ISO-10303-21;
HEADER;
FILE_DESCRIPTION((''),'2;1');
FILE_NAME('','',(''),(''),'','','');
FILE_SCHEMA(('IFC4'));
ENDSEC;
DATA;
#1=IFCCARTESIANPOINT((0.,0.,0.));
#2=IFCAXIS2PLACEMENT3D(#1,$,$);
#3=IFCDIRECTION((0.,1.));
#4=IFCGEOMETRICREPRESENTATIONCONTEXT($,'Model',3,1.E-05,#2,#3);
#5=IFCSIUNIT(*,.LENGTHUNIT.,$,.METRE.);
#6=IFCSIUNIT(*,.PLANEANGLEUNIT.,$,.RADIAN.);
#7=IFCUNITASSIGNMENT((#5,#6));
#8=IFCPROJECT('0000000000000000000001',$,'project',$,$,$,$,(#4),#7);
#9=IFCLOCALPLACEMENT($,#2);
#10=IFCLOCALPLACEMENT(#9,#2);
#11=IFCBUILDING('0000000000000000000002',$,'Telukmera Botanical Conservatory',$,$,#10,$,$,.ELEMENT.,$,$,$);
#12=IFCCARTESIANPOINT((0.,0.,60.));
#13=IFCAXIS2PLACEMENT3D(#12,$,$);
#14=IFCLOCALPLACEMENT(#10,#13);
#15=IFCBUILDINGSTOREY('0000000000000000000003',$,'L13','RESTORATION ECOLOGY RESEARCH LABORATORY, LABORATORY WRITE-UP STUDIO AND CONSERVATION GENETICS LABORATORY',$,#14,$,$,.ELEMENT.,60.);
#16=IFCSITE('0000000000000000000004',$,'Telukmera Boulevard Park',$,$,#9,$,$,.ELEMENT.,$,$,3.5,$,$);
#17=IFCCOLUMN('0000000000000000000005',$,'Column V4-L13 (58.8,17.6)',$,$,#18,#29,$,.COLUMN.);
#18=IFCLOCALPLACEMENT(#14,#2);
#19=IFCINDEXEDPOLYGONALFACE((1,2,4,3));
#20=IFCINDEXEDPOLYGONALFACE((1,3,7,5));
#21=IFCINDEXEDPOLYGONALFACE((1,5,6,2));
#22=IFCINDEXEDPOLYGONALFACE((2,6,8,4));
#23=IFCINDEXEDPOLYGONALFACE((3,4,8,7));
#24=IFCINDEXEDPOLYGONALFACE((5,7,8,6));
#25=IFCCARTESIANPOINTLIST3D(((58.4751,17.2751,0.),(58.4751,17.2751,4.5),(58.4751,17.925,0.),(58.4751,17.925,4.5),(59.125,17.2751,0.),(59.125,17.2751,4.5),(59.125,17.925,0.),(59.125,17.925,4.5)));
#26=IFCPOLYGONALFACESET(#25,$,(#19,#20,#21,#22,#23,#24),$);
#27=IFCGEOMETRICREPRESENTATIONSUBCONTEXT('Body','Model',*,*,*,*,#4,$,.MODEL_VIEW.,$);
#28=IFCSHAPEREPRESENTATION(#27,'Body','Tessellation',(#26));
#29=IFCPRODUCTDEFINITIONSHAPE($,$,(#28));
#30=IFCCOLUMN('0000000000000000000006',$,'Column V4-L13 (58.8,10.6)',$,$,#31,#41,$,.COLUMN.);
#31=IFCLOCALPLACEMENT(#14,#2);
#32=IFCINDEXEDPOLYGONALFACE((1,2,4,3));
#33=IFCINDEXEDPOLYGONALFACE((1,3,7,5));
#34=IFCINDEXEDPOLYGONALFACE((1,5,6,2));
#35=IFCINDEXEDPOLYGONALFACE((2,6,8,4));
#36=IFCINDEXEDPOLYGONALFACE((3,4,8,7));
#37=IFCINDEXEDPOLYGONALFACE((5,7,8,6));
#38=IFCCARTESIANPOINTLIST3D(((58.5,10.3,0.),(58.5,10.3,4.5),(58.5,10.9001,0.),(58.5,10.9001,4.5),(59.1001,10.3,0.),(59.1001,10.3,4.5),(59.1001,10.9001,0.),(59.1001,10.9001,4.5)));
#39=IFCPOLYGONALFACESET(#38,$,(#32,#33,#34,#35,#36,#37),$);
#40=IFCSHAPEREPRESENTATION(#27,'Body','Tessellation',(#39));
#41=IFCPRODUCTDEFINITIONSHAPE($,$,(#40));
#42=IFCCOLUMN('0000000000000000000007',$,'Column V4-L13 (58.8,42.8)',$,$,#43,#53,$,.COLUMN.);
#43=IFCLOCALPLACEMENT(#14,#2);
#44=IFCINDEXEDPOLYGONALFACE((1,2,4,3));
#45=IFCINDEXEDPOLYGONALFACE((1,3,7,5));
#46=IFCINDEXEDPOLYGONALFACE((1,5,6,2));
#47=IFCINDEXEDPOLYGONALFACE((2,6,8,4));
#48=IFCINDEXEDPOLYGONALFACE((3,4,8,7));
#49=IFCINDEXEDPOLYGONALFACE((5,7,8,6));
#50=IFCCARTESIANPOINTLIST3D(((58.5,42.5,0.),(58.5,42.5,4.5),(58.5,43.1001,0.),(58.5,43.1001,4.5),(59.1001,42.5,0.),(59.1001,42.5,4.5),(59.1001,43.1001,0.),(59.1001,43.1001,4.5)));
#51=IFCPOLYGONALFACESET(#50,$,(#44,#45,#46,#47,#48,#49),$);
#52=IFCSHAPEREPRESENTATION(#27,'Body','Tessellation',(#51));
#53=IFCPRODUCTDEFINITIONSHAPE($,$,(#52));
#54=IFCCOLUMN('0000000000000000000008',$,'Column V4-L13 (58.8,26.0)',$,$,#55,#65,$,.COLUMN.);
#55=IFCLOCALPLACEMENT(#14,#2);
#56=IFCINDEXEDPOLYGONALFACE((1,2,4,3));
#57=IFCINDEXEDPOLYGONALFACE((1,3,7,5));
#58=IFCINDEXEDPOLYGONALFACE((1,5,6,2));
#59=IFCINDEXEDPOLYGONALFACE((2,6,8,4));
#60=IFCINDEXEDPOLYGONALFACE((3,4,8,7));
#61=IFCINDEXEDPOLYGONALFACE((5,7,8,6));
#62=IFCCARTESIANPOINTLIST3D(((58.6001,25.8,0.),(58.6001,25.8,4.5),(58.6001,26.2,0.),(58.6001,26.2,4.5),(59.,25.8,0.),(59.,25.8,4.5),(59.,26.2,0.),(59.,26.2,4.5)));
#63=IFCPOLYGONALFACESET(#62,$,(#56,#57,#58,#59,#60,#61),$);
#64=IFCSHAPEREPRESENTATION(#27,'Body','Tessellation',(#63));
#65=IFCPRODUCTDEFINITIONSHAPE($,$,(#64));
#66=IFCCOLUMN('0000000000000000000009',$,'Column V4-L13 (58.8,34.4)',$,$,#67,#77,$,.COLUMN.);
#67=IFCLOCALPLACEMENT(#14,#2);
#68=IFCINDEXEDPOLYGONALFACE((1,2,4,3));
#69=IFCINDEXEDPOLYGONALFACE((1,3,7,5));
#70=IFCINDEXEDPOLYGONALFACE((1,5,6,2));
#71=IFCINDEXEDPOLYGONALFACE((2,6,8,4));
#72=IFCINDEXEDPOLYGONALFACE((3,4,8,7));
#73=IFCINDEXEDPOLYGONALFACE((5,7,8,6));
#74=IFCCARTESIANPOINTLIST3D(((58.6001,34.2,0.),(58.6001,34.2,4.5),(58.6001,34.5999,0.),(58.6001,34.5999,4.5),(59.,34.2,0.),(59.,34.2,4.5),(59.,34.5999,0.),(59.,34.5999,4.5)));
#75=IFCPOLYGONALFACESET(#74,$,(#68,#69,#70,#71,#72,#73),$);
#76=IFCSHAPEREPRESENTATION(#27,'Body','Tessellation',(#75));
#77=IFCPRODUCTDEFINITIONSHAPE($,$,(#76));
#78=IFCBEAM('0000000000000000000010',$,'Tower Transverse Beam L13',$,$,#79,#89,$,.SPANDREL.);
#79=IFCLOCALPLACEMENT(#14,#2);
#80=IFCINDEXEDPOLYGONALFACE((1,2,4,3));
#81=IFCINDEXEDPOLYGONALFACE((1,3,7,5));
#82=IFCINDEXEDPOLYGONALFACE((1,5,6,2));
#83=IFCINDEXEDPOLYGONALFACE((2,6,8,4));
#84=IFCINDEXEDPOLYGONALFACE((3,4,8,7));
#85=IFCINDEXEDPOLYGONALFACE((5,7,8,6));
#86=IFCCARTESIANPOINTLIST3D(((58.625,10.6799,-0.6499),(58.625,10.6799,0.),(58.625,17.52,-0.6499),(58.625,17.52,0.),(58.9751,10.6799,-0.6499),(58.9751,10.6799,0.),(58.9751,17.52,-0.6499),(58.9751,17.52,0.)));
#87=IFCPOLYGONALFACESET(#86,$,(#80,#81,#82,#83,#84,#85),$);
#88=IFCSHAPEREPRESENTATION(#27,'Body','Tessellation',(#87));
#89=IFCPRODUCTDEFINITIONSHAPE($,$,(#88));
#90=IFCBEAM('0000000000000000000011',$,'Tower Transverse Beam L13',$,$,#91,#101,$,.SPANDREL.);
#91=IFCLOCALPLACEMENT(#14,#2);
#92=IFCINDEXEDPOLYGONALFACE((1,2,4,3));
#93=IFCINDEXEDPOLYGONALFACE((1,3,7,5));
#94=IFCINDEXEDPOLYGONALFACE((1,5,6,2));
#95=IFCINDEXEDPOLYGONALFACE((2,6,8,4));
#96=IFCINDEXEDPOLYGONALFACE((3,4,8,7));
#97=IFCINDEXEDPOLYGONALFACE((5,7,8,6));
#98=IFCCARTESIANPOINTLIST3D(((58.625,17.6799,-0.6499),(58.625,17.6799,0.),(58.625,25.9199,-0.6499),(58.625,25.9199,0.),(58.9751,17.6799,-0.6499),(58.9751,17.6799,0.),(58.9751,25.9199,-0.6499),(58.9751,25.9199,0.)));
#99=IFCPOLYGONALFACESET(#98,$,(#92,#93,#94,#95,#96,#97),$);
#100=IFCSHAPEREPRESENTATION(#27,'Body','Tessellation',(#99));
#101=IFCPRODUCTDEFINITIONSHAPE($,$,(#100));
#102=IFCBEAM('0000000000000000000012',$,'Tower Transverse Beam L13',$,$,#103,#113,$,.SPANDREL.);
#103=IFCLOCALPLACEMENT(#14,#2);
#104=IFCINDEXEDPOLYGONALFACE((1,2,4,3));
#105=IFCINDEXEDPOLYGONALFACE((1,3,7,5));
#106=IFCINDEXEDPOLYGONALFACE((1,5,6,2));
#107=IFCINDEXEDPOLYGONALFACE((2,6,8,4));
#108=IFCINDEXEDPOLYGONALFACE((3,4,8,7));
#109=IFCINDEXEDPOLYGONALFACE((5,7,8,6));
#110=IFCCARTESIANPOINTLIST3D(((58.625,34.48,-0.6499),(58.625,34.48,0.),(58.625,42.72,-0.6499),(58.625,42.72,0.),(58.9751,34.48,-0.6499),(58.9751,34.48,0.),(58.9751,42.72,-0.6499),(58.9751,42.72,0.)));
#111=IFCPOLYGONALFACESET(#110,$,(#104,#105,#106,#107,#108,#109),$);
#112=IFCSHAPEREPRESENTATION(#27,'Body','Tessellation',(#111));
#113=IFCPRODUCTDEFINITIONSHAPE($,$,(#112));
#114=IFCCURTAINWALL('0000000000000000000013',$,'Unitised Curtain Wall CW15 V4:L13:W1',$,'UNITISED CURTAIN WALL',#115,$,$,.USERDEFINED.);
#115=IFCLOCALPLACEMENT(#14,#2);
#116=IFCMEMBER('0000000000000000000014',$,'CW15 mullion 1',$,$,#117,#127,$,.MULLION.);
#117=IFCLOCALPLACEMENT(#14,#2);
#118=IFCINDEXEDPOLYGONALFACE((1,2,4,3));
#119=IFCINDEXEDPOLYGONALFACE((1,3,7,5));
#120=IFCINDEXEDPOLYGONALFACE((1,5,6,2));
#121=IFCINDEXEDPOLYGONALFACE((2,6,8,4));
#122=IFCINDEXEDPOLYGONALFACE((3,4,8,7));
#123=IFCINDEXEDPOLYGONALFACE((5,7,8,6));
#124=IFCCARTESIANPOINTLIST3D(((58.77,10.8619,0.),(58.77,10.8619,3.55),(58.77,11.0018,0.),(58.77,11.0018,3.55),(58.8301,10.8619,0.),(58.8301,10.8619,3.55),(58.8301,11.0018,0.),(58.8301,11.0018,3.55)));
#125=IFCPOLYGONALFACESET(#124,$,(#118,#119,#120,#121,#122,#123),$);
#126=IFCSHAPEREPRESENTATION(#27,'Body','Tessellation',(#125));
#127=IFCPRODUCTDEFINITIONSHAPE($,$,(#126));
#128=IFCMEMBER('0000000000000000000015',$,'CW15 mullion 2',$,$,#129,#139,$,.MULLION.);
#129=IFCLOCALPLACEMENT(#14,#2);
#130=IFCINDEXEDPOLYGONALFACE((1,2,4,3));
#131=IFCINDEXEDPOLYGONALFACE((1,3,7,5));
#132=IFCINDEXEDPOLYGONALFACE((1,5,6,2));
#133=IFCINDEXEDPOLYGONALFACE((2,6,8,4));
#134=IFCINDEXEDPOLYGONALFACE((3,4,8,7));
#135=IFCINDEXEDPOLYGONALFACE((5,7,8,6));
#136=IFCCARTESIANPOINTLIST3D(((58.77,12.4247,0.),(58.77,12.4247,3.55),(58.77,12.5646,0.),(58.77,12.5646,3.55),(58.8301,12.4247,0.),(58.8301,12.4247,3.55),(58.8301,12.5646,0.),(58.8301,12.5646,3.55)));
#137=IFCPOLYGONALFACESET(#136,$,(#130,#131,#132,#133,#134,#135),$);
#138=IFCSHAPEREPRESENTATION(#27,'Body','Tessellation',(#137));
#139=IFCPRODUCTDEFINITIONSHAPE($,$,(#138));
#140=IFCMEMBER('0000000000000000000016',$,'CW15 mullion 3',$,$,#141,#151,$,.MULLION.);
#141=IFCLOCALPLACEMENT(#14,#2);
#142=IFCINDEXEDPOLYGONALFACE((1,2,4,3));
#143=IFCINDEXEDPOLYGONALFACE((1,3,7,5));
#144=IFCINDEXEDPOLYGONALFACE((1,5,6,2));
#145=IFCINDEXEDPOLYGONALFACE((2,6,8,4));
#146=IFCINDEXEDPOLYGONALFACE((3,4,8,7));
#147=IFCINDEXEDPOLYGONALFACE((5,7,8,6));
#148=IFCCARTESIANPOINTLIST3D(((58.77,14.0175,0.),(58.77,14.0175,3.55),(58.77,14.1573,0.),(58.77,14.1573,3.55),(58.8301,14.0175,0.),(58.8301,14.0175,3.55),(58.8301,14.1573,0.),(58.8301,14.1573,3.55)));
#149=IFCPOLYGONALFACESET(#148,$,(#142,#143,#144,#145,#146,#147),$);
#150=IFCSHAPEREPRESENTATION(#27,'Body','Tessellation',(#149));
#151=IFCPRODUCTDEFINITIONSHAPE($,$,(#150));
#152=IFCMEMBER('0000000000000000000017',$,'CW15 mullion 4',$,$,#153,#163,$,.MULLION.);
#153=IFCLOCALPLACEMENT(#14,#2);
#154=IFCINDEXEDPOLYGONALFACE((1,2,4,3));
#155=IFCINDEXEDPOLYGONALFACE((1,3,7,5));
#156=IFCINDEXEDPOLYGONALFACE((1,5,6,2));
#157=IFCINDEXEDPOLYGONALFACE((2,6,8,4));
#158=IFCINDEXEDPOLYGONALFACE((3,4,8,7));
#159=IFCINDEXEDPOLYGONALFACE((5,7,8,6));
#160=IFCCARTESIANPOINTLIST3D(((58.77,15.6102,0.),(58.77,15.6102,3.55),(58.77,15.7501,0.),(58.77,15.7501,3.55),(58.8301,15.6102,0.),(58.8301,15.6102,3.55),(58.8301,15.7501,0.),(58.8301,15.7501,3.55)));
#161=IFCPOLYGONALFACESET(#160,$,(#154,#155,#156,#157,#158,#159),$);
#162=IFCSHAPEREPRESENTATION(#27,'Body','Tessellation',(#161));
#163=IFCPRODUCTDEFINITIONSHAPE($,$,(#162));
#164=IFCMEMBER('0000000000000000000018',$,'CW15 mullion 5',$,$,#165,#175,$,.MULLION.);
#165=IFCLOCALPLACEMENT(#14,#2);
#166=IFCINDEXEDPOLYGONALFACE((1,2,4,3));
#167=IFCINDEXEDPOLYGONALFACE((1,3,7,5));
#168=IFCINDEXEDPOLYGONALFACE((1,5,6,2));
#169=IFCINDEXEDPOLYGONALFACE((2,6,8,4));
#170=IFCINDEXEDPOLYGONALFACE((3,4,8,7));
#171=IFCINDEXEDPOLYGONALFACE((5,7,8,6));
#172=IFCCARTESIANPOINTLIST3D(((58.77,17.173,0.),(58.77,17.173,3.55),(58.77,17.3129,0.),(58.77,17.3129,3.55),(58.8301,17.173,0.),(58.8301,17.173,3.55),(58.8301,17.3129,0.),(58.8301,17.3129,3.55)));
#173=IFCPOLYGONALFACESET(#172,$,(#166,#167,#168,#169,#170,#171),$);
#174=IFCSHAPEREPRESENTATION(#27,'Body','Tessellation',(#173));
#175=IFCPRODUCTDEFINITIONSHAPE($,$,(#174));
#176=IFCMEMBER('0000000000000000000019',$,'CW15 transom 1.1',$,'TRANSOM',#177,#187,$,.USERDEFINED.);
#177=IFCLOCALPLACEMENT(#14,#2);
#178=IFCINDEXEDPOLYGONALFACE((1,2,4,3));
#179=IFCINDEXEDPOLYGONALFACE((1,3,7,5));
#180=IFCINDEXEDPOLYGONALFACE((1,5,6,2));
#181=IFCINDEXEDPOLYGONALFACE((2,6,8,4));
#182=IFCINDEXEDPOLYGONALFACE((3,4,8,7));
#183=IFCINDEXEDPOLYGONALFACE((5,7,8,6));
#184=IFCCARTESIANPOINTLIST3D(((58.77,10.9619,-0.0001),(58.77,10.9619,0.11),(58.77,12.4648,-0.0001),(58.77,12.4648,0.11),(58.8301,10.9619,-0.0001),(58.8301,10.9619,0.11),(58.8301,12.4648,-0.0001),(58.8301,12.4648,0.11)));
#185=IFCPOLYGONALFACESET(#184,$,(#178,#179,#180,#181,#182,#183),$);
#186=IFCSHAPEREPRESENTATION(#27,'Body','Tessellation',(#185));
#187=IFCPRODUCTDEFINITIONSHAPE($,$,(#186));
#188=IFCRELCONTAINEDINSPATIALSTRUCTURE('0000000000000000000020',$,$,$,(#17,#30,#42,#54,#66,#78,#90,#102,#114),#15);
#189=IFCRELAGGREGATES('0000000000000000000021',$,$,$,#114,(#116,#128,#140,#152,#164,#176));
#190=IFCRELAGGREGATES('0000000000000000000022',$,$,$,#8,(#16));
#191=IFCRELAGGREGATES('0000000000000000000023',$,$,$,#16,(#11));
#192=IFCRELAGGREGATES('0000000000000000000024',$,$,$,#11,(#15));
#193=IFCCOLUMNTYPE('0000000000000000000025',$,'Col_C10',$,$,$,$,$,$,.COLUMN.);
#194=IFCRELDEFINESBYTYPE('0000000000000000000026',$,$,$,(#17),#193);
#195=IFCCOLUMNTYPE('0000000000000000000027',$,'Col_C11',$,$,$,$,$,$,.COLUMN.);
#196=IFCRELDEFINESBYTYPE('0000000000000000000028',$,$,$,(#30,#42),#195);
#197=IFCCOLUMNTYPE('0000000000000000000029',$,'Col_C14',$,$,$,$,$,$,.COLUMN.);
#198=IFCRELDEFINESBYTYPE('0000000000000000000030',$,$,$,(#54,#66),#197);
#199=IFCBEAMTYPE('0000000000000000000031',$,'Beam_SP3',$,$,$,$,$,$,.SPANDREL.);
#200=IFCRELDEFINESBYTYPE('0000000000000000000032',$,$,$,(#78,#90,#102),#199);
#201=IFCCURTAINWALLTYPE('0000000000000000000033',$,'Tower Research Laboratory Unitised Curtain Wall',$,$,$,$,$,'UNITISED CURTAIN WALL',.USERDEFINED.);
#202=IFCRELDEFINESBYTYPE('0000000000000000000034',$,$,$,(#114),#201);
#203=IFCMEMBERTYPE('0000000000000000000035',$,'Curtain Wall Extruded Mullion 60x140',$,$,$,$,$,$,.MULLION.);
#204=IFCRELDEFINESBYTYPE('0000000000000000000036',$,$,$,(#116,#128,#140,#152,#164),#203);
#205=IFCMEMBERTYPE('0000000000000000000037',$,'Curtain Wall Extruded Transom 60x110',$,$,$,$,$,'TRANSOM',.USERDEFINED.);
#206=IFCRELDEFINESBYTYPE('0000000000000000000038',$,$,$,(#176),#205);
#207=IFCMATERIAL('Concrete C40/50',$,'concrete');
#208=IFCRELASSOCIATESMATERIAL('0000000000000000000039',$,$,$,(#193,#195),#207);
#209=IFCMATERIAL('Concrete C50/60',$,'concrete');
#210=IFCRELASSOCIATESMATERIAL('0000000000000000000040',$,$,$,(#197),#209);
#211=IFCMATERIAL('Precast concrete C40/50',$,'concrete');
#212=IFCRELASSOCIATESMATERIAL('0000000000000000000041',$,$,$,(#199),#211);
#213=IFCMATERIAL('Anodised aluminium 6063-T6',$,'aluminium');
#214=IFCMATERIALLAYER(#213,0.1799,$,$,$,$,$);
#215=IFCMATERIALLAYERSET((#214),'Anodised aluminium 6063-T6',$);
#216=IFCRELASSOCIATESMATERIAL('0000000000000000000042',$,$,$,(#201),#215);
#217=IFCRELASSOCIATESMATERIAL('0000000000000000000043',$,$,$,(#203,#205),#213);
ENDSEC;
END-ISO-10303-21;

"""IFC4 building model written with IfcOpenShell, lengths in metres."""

from ifc_helpers import new_model, si_unit, direction, frame, origin, origin_2d, place, context, subcontext, project, spatial, rectangle, extrude, material, layer, layer_set, material_profile, profile_set, type_object, element, aggregate, save


model = new_model("IFC4")

# Units and contexts
model_context = context("Model", 3, precision=1e-05, world=origin(), true_north=direction((0.0, 1.0)))
body_context = subcontext(model_context, "Body", "Model", "MODEL_VIEW")
ifc_project = project(units=[si_unit("LENGTHUNIT", "METRE"), si_unit("PLANEANGLEUNIT", "RADIAN")], contexts=[model_context])

# Site, building, storey
site_placement = place(None, origin())
site = spatial("IfcSite", under=ifc_project, at=site_placement, Name="Telukmera Boulevard Park", CompositionType="ELEMENT", RefElevation=3.5)
building_placement = place(site_placement, origin())
building = spatial("IfcBuilding", under=site, at=building_placement, Name="Telukmera Botanical Conservatory", CompositionType="ELEMENT")
storey_placement = place(building_placement, frame((0.0, 0.0, 60.0)))
storey = spatial("IfcBuildingStorey", under=building, at=storey_placement, Name="L13", Description="RESTORATION ECOLOGY RESEARCH LABORATORY, LABORATORY WRITE-UP STUDIO AND CONSERVATION GENETICS LABORATORY", CompositionType="ELEMENT", Elevation=60.0)

# Columns
ifc_material_1 = material(Name="Concrete C40/50", Category="concrete")
ifc_material_profile_1 = material_profile(ifc_material_1, rectangle(XDim=0.6499, YDim=0.6499, at=origin_2d()), Name="RC 650x650")
ifc_profile_set_1 = profile_set([ifc_material_profile_1], Name="Concrete C40/50")
column_type_1 = type_object("IfcColumnType", Name="Col_C10", PredefinedType="COLUMN", material=ifc_profile_set_1)
column_placement = place(storey_placement, frame((58.8, 17.6001, 0.0), z_axis=(0.0, 0.0, 1.0), x_axis=(1.0, 0.0, 0.0)))
element("IfcColumn", 1, at=column_placement, inside=storey, type_object=column_type_1, Name="Column V4-L13 (58.8,17.6)", PredefinedType="COLUMN", context=body_context, shape_type="SweptSolid", body=[
    extrude(rectangle(XDim=0.6499, YDim=0.6499, at=origin_2d()), origin(), (0.0, 0.0, 1.0), 4.5),
])
ifc_material_profile_2 = material_profile(ifc_material_1, rectangle(XDim=0.6001, YDim=0.6001, at=origin_2d()), Name="RC 600x600")
ifc_profile_set_2 = profile_set([ifc_material_profile_2], Name="Concrete C40/50")
column_type_2 = type_object("IfcColumnType", Name="Col_C11", PredefinedType="COLUMN", material=ifc_profile_set_2)
for number, where, z_axis, x_axis, name in (
    (2, (58.8, 10.6001, 0.0), (0.0, 0.0, 1.0), (1.0, 0.0, 0.0), "Column V4-L13 (58.8,10.6)"),
    (3, (58.8, 42.8, 0.0), (0.0, 0.0, 1.0), (1.0, 0.0, 0.0), "Column V4-L13 (58.8,42.8)"),
):
    element("IfcColumn", number, at=place(storey_placement, frame(where, z_axis=z_axis, x_axis=x_axis)), inside=storey, type_object=column_type_2, Name=name, PredefinedType="COLUMN", context=body_context, shape_type="SweptSolid", body=[
        extrude(rectangle(XDim=0.6001, YDim=0.6001, at=origin_2d()), origin(), (0.0, 0.0, 1.0), 4.5),
    ])
ifc_material_2 = material(Name="Concrete C50/60", Category="concrete")
ifc_material_profile_3 = material_profile(ifc_material_2, rectangle(XDim=0.3999, YDim=0.3999, at=origin_2d()), Name="RC 400x400")
ifc_profile_set_3 = profile_set([ifc_material_profile_3], Name="Concrete C50/60")
column_type_3 = type_object("IfcColumnType", Name="Col_C14", PredefinedType="COLUMN", material=ifc_profile_set_3)
for number, where, z_axis, x_axis, name in (
    (4, (58.8, 26.0, 0.0), (0.0, 0.0, 1.0), (1.0, 0.0, 0.0), "Column V4-L13 (58.8,26.0)"),
    (5, (58.8, 34.3999, 0.0), (0.0, 0.0, 1.0), (1.0, 0.0, 0.0), "Column V4-L13 (58.8,34.4)"),
):
    element("IfcColumn", number, at=place(storey_placement, frame(where, z_axis=z_axis, x_axis=x_axis)), inside=storey, type_object=column_type_3, Name=name, PredefinedType="COLUMN", context=body_context, shape_type="SweptSolid", body=[
        extrude(rectangle(XDim=0.3999, YDim=0.3999, at=origin_2d()), origin(), (0.0, 0.0, 1.0), 4.5),
    ])

# Beams
ifc_material_3 = material(Name="Precast concrete C40/50", Category="concrete")
ifc_material_profile_4 = material_profile(ifc_material_3, rectangle(XDim=0.3501, YDim=0.6499, at=origin_2d()), Name="PC 350x650")
ifc_profile_set_4 = profile_set([ifc_material_profile_4], Name="Precast concrete C40/50")
beam_type = type_object("IfcBeamType", Name="Beam_SP3", PredefinedType="SPANDREL", material=ifc_profile_set_4)
beam_placement = place(storey_placement, frame((58.8, 10.6799, -0.325), z_axis=(0.0, 1.0, 0.0), x_axis=(-1.0, 0.0, 0.0)))
element("IfcBeam", 6, at=beam_placement, inside=storey, type_object=beam_type, Name="Tower Transverse Beam L13", PredefinedType="SPANDREL", context=body_context, shape_type="SweptSolid", body=[
    extrude(rectangle(XDim=0.3501, YDim=0.6499, at=origin_2d()), origin(), (0.0, 0.0, 1.0), 6.8401),
])
for number, where, z_axis, x_axis, name in (
    (7, (58.8, 17.6799, -0.325), (0.0, 1.0, 0.0), (-1.0, 0.0, 0.0), "Tower Transverse Beam L13"),
    (8, (58.8, 34.48, -0.325), (0.0, 1.0, 0.0), (-1.0, 0.0, 0.0), "Tower Transverse Beam L13"),
):
    element("IfcBeam", number, at=place(storey_placement, frame(where, z_axis=z_axis, x_axis=x_axis)), inside=storey, type_object=beam_type, Name=name, PredefinedType="SPANDREL", context=body_context, shape_type="SweptSolid", body=[
        extrude(rectangle(XDim=0.3501, YDim=0.6499, at=origin_2d()), origin(), (0.0, 0.0, 1.0), 8.24),
    ])

# Curtain wall, members
ifc_material_4 = material(Name="Anodised aluminium 6063-T6", Category="aluminium")
ifc_layer_1 = layer(ifc_material_4, 0.1799)
ifc_layer_set_1 = layer_set([ifc_layer_1], Name="Anodised aluminium 6063-T6")
curtain_wall_type = type_object("IfcCurtainWallType", Name="Tower Research Laboratory Unitised Curtain Wall", ElementType="UNITISED CURTAIN WALL", PredefinedType="USERDEFINED", material=ifc_layer_set_1)
curtain_wall_placement = place(storey_placement, origin())
curtain_wall = element("IfcCurtainWall", 9, at=curtain_wall_placement, inside=storey, type_object=curtain_wall_type, Name="Unitised Curtain Wall CW15 V4:L13:W1", ObjectType="UNITISED CURTAIN WALL", PredefinedType="USERDEFINED")
ifc_material_profile_5 = material_profile(ifc_material_4, rectangle(XDim=0.0601, YDim=0.1399, at=origin_2d()), Name="ALU MULL 60x140")
ifc_profile_set_5 = profile_set([ifc_material_profile_5], Name="Anodised aluminium 6063-T6")
member_type_1 = type_object("IfcMemberType", Name="Curtain Wall Extruded Mullion 60x140", PredefinedType="MULLION", material=ifc_profile_set_5)
member_1_placement = place(storey_placement, frame((58.8, 10.9319, 0.0), z_axis=(0.0, 0.0, 1.0), x_axis=(-1.0, 0.0, 0.0)))
member_1 = element("IfcMember", 10, at=member_1_placement, type_object=member_type_1, Name="CW15 mullion 1", PredefinedType="MULLION", context=body_context, shape_type="SweptSolid", body=[
    extrude(rectangle(XDim=0.0601, YDim=0.1399, at=origin_2d()), origin(), (0.0, 0.0, 1.0), 3.55),
])
member_2_placement = place(storey_placement, frame((58.8, 12.4946, 0.0), z_axis=(0.0, 0.0, 1.0), x_axis=(-1.0, 0.0, 0.0)))
member_2 = element("IfcMember", 11, at=member_2_placement, type_object=member_type_1, Name="CW15 mullion 2", PredefinedType="MULLION", context=body_context, shape_type="SweptSolid", body=[
    extrude(rectangle(XDim=0.0601, YDim=0.1399, at=origin_2d()), origin(), (0.0, 0.0, 1.0), 3.55),
])
member_3_placement = place(storey_placement, frame((58.8, 14.0874, 0.0), z_axis=(0.0, 0.0, 1.0), x_axis=(-1.0, 0.0, 0.0)))
member_3 = element("IfcMember", 12, at=member_3_placement, type_object=member_type_1, Name="CW15 mullion 3", PredefinedType="MULLION", context=body_context, shape_type="SweptSolid", body=[
    extrude(rectangle(XDim=0.0601, YDim=0.1399, at=origin_2d()), origin(), (0.0, 0.0, 1.0), 3.55),
])
member_4_placement = place(storey_placement, frame((58.8, 15.6802, 0.0), z_axis=(0.0, 0.0, 1.0), x_axis=(-1.0, 0.0, 0.0)))
member_4 = element("IfcMember", 13, at=member_4_placement, type_object=member_type_1, Name="CW15 mullion 4", PredefinedType="MULLION", context=body_context, shape_type="SweptSolid", body=[
    extrude(rectangle(XDim=0.0601, YDim=0.1399, at=origin_2d()), origin(), (0.0, 0.0, 1.0), 3.55),
])
member_5_placement = place(storey_placement, frame((58.8, 17.2429, 0.0), z_axis=(0.0, 0.0, 1.0), x_axis=(-1.0, 0.0, 0.0)))
member_5 = element("IfcMember", 14, at=member_5_placement, type_object=member_type_1, Name="CW15 mullion 5", PredefinedType="MULLION", context=body_context, shape_type="SweptSolid", body=[
    extrude(rectangle(XDim=0.0601, YDim=0.1399, at=origin_2d()), origin(), (0.0, 0.0, 1.0), 3.55),
])
ifc_material_profile_6 = material_profile(ifc_material_4, rectangle(XDim=0.0601, YDim=0.1101, at=origin_2d()), Name="ALU TRAN 60x110")
ifc_profile_set_6 = profile_set([ifc_material_profile_6], Name="Anodised aluminium 6063-T6")
member_type_2 = type_object("IfcMemberType", Name="Curtain Wall Extruded Transom 60x110", ElementType="TRANSOM", PredefinedType="USERDEFINED", material=ifc_profile_set_6)
member_6_placement = place(storey_placement, frame((58.8, 10.9619, 0.0549), z_axis=(0.0, 1.0, 0.0), x_axis=(-1.0, 0.0, 0.0)))
member_6 = element("IfcMember", 15, at=member_6_placement, type_object=member_type_2, Name="CW15 transom 1.1", ObjectType="TRANSOM", PredefinedType="USERDEFINED", context=body_context, shape_type="SweptSolid", body=[
    extrude(rectangle(XDim=0.0601, YDim=0.1101, at=origin_2d()), origin(), (0.0, 0.0, 1.0), 1.5029),
])
aggregate(curtain_wall, [member_1, member_2, member_3, member_4, member_5, member_6])

save(model, "model.ifc")
